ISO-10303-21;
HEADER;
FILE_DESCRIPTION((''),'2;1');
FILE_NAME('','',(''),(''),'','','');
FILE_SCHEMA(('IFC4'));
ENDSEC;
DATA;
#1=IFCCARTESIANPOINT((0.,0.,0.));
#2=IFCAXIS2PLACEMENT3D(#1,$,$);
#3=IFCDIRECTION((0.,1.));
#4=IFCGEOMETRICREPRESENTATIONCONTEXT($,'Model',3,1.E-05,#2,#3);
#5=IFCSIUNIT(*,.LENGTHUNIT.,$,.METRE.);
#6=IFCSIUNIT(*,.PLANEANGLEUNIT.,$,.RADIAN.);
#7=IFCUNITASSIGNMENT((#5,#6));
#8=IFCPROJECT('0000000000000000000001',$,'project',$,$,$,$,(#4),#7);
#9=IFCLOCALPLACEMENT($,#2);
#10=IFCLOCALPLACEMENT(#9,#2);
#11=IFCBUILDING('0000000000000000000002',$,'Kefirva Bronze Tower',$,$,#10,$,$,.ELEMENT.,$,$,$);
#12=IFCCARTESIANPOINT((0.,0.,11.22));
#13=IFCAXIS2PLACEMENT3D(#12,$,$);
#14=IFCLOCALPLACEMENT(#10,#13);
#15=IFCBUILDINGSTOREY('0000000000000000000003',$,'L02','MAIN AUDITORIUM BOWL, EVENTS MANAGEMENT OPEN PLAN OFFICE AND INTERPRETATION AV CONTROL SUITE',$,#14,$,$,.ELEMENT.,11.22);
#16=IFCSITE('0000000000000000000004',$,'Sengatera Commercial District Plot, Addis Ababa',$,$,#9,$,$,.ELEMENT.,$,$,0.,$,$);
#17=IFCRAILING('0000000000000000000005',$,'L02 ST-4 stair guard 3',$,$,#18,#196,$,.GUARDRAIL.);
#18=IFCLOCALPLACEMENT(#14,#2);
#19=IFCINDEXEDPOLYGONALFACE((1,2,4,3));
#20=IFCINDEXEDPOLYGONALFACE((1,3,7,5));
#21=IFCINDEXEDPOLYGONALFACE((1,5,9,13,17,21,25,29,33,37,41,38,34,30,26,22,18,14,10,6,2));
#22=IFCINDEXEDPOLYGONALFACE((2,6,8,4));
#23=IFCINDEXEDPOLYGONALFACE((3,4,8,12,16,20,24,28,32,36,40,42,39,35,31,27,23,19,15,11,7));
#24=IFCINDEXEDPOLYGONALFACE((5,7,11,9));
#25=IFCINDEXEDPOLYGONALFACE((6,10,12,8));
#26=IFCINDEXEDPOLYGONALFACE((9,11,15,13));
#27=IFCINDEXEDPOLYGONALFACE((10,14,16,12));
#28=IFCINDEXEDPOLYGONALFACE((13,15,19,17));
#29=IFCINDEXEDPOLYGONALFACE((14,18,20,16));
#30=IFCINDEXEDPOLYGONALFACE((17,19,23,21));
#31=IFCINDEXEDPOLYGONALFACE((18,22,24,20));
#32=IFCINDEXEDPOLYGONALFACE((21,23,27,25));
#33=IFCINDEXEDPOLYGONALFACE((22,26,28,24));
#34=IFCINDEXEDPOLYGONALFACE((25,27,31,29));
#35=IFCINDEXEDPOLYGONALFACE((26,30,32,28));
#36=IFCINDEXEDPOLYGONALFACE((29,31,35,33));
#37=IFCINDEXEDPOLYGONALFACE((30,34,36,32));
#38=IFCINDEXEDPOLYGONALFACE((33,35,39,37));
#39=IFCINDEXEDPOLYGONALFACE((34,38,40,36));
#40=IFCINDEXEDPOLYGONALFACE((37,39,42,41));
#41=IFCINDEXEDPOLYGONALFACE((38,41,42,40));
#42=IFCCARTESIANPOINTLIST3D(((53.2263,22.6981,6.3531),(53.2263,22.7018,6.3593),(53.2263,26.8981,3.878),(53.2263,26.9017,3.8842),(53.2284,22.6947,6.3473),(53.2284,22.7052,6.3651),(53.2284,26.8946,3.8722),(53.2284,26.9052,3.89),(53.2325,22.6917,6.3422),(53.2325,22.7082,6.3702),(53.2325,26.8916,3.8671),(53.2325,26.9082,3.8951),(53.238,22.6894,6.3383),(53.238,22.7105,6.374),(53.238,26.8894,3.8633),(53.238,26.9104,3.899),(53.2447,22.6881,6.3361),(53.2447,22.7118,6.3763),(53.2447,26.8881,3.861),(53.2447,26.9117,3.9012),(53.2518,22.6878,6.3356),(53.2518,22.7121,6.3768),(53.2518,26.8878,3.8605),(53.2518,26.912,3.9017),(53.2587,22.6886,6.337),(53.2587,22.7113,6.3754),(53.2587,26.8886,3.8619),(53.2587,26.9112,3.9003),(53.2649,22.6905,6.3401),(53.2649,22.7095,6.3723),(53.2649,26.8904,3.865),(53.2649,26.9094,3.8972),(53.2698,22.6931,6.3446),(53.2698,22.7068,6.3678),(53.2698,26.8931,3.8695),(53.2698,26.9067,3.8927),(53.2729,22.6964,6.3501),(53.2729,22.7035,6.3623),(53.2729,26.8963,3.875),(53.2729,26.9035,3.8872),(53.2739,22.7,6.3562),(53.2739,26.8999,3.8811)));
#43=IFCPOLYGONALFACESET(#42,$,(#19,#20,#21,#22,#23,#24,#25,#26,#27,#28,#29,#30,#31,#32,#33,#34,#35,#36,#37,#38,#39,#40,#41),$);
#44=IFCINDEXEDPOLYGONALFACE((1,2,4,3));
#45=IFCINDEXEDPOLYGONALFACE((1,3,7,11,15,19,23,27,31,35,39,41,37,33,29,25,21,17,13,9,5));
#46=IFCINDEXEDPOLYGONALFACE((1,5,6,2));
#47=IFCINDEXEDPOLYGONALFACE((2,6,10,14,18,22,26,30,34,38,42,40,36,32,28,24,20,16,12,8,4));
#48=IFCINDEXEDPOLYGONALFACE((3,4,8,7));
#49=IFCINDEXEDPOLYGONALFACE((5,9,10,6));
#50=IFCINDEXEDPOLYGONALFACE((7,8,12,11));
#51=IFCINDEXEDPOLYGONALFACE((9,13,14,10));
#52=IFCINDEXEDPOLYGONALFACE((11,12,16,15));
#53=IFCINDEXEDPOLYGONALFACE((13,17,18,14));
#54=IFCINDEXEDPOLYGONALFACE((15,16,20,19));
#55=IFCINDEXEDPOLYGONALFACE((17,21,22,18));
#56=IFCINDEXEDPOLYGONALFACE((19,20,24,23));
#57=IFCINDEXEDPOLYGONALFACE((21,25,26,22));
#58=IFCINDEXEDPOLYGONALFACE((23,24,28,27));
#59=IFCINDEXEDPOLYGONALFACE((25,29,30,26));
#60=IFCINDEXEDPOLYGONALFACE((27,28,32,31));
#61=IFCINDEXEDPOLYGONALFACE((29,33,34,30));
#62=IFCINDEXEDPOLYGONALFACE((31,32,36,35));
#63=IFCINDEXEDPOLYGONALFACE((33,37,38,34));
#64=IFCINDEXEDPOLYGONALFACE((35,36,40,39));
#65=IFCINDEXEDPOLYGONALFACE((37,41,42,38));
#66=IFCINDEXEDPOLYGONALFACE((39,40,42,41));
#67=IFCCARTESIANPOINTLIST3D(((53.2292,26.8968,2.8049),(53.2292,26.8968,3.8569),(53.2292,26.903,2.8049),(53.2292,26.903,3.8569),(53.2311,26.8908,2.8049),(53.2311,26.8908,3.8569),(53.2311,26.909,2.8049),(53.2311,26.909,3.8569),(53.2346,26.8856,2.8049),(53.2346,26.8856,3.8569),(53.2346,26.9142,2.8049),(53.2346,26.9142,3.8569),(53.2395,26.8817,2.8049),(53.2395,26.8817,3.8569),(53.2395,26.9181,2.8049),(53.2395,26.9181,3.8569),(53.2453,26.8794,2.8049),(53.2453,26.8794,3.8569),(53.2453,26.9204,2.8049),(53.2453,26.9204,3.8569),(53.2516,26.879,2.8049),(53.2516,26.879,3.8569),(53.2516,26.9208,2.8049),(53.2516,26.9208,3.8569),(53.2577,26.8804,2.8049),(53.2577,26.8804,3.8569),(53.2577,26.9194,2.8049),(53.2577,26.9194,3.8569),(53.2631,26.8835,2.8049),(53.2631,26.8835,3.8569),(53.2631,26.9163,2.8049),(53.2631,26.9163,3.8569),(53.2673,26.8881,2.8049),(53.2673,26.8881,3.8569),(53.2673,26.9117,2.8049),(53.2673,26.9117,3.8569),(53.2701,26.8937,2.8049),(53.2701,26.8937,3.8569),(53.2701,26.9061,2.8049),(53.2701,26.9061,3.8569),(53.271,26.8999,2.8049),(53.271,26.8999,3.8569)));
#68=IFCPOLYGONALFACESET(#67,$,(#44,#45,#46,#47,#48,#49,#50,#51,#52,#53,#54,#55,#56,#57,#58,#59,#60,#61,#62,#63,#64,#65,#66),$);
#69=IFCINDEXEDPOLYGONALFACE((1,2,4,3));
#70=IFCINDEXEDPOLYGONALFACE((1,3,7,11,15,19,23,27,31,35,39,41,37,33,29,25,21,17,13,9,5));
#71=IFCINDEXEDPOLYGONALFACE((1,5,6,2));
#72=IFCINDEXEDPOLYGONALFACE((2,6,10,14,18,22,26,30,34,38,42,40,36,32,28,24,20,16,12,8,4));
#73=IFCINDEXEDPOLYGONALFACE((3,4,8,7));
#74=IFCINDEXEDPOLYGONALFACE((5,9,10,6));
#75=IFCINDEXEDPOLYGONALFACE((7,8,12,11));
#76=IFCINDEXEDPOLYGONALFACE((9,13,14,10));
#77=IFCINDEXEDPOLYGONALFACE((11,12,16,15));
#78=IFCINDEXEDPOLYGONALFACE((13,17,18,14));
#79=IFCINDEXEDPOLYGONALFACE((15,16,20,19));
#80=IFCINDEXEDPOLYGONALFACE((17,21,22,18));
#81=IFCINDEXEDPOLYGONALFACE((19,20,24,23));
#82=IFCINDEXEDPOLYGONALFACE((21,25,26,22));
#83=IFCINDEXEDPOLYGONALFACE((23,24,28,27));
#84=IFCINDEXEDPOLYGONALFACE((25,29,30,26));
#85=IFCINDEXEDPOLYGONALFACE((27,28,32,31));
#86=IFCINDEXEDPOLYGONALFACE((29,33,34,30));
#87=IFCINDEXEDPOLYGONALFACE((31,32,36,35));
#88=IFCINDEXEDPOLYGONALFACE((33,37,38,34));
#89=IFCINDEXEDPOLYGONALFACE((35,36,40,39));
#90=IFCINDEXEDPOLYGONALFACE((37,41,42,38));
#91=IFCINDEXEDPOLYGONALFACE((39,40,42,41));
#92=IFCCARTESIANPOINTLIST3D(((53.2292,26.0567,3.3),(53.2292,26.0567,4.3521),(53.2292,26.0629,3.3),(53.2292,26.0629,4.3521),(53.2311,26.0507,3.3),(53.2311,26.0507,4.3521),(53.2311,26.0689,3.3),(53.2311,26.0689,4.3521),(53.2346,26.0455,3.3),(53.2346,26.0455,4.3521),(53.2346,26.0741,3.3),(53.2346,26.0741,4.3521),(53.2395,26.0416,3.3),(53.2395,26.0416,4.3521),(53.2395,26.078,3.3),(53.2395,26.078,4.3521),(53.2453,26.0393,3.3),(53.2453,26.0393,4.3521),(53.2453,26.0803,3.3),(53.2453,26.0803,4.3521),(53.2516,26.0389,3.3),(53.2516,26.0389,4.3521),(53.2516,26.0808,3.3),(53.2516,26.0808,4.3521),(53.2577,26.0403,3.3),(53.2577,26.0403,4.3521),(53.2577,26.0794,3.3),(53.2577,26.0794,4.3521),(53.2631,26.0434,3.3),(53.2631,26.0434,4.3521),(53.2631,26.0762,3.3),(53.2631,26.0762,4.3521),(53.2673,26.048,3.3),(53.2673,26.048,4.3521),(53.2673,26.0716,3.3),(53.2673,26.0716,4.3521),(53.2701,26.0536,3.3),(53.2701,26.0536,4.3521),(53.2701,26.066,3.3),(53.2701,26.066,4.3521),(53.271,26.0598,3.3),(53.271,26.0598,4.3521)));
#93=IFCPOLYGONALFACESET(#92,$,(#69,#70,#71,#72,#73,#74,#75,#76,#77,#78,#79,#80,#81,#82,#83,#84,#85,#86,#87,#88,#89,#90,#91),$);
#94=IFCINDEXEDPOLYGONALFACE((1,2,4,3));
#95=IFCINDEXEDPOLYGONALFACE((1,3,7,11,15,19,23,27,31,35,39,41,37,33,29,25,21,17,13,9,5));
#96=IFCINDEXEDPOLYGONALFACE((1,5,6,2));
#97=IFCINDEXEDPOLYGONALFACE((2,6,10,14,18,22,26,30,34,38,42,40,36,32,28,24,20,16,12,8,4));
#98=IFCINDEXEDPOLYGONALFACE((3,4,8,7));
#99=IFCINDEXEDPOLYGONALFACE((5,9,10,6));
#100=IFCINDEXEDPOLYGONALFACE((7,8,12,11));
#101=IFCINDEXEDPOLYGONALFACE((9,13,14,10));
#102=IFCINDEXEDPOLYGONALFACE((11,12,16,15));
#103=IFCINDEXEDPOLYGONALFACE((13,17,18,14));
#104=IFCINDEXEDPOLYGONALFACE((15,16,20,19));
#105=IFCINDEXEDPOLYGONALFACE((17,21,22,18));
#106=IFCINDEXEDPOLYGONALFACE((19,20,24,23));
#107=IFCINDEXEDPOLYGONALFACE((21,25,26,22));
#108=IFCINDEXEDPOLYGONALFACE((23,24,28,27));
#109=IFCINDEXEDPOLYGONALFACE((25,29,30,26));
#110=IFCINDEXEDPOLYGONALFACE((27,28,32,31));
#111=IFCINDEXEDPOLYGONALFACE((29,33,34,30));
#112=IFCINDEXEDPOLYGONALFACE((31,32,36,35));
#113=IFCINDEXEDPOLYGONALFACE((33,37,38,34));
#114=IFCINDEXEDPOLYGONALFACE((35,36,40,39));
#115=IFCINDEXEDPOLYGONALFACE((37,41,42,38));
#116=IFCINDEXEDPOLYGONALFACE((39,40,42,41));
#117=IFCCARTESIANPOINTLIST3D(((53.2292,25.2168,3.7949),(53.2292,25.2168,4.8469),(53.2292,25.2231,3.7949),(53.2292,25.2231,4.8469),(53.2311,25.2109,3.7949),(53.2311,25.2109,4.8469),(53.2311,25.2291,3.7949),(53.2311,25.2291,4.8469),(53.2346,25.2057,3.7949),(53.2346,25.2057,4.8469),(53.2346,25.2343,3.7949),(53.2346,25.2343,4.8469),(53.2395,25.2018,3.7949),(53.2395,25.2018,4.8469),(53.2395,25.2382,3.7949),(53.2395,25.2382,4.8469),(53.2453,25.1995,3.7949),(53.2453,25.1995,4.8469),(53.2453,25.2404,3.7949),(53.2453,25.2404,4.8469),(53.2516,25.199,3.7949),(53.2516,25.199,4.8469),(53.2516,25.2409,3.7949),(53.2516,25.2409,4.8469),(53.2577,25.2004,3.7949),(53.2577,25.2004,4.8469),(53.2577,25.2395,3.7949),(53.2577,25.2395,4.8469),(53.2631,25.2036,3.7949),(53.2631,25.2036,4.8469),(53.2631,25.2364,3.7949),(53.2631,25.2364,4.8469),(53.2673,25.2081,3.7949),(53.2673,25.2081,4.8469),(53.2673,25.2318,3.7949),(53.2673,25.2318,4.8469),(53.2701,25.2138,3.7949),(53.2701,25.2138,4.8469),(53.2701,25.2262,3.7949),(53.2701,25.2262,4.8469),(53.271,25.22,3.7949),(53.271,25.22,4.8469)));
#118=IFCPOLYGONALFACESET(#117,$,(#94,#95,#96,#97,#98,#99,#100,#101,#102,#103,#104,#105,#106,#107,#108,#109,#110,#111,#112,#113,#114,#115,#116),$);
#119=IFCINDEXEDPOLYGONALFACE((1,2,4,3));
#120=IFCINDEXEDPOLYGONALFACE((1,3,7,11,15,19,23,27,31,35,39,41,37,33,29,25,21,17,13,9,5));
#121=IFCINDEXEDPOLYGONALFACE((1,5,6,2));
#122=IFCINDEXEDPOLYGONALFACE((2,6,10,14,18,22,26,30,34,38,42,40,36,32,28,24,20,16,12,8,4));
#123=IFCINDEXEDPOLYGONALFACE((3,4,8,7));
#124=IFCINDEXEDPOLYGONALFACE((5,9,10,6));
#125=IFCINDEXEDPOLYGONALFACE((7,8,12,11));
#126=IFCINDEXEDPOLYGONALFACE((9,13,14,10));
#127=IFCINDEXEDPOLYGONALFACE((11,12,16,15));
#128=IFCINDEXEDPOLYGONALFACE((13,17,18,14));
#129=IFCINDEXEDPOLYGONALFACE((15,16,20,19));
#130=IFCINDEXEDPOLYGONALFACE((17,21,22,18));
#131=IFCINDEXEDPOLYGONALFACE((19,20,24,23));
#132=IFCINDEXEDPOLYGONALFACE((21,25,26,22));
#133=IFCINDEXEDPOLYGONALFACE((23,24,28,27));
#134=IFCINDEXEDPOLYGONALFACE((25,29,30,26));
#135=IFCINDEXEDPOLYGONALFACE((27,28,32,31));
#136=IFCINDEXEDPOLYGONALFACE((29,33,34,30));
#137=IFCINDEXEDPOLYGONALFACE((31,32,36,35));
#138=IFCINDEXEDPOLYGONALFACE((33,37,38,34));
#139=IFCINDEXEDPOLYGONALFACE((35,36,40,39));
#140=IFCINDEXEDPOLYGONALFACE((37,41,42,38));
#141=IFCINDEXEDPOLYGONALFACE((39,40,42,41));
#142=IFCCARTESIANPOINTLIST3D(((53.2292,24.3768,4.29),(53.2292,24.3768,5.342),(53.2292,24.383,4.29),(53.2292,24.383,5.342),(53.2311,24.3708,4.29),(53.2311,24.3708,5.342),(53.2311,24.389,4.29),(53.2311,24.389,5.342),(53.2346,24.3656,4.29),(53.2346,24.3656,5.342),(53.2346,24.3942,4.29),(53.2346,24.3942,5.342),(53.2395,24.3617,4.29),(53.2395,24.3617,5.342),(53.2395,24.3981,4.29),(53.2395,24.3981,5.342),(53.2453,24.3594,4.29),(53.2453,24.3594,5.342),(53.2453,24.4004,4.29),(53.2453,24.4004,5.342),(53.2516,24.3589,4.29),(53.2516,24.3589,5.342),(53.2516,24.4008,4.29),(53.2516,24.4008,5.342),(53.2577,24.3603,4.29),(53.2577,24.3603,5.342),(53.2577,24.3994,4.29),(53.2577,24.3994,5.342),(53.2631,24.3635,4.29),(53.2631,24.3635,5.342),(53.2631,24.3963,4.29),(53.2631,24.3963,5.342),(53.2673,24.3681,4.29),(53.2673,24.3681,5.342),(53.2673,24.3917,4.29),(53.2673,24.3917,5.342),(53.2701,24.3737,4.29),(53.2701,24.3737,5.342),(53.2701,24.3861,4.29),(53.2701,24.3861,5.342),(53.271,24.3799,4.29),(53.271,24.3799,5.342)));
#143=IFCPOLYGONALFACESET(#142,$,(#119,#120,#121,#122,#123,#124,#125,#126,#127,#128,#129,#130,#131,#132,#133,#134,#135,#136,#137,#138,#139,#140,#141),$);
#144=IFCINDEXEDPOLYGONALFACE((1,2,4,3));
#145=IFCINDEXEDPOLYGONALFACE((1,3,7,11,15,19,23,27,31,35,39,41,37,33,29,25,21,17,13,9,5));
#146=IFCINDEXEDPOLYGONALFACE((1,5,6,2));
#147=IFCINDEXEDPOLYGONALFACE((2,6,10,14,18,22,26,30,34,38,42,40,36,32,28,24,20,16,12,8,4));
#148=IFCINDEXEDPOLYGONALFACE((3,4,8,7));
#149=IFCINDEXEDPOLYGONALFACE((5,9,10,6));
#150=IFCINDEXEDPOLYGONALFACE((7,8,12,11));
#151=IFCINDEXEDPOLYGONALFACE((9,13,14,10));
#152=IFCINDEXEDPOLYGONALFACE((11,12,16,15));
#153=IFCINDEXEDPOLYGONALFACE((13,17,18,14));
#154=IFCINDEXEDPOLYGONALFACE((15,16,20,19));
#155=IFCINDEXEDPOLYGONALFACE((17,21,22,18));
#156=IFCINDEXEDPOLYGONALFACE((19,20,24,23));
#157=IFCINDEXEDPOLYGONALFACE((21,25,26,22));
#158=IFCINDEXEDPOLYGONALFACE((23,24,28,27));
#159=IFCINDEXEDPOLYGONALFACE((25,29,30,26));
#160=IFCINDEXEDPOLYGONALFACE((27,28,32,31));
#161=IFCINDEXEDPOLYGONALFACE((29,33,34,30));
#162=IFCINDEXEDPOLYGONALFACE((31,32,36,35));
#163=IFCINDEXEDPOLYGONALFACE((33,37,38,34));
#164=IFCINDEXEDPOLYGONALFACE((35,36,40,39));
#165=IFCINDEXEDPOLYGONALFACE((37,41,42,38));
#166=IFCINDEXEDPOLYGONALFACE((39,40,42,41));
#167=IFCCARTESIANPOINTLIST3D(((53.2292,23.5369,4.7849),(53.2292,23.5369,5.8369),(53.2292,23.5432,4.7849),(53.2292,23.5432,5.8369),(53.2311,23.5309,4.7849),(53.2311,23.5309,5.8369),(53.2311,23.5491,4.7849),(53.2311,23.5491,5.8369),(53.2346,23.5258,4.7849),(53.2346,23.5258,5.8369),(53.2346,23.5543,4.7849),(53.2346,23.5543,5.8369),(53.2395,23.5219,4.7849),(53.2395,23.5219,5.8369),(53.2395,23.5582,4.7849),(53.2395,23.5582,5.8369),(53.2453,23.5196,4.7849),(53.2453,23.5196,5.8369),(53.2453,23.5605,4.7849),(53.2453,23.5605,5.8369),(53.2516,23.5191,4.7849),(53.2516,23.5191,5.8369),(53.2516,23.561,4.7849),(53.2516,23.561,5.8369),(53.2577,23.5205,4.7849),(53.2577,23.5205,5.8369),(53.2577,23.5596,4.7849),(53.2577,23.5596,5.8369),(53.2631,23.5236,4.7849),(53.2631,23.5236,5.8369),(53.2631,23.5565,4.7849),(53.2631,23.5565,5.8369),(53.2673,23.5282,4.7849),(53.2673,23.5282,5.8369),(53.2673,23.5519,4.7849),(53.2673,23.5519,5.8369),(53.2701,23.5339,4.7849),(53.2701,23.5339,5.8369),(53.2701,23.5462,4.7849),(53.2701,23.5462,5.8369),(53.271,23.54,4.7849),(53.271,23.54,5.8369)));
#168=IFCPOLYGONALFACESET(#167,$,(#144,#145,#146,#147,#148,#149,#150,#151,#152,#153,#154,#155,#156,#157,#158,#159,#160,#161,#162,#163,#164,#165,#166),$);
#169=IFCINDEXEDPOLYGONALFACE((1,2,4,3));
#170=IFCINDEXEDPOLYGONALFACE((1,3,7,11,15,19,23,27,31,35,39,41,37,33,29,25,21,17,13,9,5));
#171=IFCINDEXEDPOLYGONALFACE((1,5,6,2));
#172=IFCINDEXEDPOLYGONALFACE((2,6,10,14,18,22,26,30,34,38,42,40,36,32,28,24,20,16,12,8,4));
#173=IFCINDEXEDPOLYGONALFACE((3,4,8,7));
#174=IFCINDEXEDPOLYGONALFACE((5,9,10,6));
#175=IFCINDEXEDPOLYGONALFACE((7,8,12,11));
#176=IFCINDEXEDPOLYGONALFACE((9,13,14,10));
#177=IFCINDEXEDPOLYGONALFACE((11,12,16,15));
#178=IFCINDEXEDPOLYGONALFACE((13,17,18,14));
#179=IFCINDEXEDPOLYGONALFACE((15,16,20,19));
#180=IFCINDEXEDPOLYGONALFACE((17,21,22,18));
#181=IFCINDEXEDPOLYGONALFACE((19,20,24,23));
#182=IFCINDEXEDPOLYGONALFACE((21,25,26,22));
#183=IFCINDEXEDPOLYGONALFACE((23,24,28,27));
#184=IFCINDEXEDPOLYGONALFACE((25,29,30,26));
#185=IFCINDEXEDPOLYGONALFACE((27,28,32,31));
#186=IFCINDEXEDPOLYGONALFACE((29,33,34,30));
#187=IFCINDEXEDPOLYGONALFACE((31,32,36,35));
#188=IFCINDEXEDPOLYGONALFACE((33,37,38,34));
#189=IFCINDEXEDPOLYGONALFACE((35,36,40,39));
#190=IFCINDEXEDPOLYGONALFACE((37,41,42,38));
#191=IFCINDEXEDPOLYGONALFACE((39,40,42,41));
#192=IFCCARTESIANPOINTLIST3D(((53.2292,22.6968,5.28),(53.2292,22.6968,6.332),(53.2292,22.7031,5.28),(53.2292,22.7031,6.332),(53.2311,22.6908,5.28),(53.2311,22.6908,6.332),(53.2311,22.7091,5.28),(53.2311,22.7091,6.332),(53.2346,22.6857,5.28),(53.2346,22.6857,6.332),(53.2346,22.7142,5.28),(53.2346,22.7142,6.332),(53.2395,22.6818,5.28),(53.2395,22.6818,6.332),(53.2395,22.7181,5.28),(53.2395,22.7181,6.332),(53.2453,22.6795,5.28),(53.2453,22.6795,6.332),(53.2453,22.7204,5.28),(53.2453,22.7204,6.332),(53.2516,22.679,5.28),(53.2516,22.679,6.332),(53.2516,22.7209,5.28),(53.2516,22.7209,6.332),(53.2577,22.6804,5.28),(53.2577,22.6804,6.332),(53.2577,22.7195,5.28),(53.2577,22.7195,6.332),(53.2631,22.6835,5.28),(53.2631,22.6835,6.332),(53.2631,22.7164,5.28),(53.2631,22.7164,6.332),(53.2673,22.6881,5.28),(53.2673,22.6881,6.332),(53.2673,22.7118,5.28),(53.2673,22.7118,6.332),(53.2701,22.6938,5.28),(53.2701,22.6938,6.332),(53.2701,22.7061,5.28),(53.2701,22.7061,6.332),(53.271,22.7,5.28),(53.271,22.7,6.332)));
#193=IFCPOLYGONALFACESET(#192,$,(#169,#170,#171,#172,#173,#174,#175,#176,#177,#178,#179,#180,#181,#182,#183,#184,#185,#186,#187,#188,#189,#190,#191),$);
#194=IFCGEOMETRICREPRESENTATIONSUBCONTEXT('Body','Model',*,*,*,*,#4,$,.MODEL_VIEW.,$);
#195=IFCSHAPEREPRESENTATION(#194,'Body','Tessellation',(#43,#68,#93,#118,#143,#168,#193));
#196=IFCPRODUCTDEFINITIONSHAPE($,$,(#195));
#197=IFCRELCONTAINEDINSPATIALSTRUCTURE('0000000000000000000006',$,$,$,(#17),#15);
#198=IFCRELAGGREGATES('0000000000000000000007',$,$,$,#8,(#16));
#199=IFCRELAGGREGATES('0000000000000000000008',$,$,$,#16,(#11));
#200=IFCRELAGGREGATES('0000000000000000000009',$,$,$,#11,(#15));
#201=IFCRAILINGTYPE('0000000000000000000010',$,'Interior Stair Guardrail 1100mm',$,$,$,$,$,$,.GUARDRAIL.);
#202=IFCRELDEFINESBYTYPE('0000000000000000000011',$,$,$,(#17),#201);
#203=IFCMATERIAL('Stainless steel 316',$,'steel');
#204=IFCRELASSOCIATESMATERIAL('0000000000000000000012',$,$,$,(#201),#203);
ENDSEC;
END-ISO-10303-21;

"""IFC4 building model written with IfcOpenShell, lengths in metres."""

from ifc_helpers import new_model, si_unit, direction, frame, origin, origin_2d, place, context, subcontext, project, spatial, circle, extrude, material, type_object, element, save


model = new_model("IFC4")

# Units and contexts
model_context = context("Model", 3, precision=1e-05, world=origin(), true_north=direction((0.0, 1.0)))
body_context = subcontext(model_context, "Body", "Model", "MODEL_VIEW")
ifc_project = project(units=[si_unit("LENGTHUNIT", "METRE"), si_unit("PLANEANGLEUNIT", "RADIAN")], contexts=[model_context])

# Site, building, storey
site_placement = place(None, origin())
site = spatial("IfcSite", under=ifc_project, at=site_placement, Name="Sengatera Commercial District Plot, Addis Ababa", CompositionType="ELEMENT", RefElevation=0.0)
building_placement = place(site_placement, origin())
building = spatial("IfcBuilding", under=site, at=building_placement, Name="Kefirva Bronze Tower", CompositionType="ELEMENT")
storey_placement = place(building_placement, frame((0.0, 0.0, 11.22)))
storey = spatial("IfcBuildingStorey", under=building, at=storey_placement, Name="L02", Description="MAIN AUDITORIUM BOWL, EVENTS MANAGEMENT OPEN PLAN OFFICE AND INTERPRETATION AV CONTROL SUITE", CompositionType="ELEMENT", Elevation=11.22)

# Railing
ifc_material_1 = material(Name="Stainless steel 316", Category="steel")
railing_type_1 = type_object("IfcRailingType", Name="Interior Stair Guardrail 1100mm", PredefinedType="GUARDRAIL", material=ifc_material_1)
railing_1_placement = place(storey_placement, frame((53.25, 26.8999, 2.8049)))
element("IfcRailing", 1, at=railing_1_placement, inside=storey, type_object=railing_type_1, Name="L02 ST-4 stair guard 3", PredefinedType="GUARDRAIL", context=body_context, shape_type="SweptSolid", body=[
    extrude(circle(Radius=0.0239, at=origin_2d()), frame((0.0, 0.0, 1.0762), z_axis=(0.0, -0.861527, 0.507712), x_axis=(1.0, 0.0, 0.0)), (0.0, 0.0, 1.0), 4.875),
    extrude(circle(Radius=0.021, at=origin_2d()), origin(), (0.0, 0.0, 1.0), 1.052),
    extrude(circle(Radius=0.021, at=origin_2d()), frame((0.0, -0.8401, 0.4951)), (0.0, 0.0, 1.0), 1.052),
    extrude(circle(Radius=0.021, at=origin_2d()), frame((0.0, -1.6799, 0.99)), (0.0, 0.0, 1.0), 1.052),
    extrude(circle(Radius=0.021, at=origin_2d()), frame((0.0, -2.52, 1.4851)), (0.0, 0.0, 1.0), 1.052),
    extrude(circle(Radius=0.021, at=origin_2d()), frame((0.0, -3.3599, 1.98)), (0.0, 0.0, 1.0), 1.052),
    extrude(circle(Radius=0.021, at=origin_2d()), frame((0.0, -4.2, 2.4751)), (0.0, 0.0, 1.0), 1.052),
])

save(model, "model.ifc")
